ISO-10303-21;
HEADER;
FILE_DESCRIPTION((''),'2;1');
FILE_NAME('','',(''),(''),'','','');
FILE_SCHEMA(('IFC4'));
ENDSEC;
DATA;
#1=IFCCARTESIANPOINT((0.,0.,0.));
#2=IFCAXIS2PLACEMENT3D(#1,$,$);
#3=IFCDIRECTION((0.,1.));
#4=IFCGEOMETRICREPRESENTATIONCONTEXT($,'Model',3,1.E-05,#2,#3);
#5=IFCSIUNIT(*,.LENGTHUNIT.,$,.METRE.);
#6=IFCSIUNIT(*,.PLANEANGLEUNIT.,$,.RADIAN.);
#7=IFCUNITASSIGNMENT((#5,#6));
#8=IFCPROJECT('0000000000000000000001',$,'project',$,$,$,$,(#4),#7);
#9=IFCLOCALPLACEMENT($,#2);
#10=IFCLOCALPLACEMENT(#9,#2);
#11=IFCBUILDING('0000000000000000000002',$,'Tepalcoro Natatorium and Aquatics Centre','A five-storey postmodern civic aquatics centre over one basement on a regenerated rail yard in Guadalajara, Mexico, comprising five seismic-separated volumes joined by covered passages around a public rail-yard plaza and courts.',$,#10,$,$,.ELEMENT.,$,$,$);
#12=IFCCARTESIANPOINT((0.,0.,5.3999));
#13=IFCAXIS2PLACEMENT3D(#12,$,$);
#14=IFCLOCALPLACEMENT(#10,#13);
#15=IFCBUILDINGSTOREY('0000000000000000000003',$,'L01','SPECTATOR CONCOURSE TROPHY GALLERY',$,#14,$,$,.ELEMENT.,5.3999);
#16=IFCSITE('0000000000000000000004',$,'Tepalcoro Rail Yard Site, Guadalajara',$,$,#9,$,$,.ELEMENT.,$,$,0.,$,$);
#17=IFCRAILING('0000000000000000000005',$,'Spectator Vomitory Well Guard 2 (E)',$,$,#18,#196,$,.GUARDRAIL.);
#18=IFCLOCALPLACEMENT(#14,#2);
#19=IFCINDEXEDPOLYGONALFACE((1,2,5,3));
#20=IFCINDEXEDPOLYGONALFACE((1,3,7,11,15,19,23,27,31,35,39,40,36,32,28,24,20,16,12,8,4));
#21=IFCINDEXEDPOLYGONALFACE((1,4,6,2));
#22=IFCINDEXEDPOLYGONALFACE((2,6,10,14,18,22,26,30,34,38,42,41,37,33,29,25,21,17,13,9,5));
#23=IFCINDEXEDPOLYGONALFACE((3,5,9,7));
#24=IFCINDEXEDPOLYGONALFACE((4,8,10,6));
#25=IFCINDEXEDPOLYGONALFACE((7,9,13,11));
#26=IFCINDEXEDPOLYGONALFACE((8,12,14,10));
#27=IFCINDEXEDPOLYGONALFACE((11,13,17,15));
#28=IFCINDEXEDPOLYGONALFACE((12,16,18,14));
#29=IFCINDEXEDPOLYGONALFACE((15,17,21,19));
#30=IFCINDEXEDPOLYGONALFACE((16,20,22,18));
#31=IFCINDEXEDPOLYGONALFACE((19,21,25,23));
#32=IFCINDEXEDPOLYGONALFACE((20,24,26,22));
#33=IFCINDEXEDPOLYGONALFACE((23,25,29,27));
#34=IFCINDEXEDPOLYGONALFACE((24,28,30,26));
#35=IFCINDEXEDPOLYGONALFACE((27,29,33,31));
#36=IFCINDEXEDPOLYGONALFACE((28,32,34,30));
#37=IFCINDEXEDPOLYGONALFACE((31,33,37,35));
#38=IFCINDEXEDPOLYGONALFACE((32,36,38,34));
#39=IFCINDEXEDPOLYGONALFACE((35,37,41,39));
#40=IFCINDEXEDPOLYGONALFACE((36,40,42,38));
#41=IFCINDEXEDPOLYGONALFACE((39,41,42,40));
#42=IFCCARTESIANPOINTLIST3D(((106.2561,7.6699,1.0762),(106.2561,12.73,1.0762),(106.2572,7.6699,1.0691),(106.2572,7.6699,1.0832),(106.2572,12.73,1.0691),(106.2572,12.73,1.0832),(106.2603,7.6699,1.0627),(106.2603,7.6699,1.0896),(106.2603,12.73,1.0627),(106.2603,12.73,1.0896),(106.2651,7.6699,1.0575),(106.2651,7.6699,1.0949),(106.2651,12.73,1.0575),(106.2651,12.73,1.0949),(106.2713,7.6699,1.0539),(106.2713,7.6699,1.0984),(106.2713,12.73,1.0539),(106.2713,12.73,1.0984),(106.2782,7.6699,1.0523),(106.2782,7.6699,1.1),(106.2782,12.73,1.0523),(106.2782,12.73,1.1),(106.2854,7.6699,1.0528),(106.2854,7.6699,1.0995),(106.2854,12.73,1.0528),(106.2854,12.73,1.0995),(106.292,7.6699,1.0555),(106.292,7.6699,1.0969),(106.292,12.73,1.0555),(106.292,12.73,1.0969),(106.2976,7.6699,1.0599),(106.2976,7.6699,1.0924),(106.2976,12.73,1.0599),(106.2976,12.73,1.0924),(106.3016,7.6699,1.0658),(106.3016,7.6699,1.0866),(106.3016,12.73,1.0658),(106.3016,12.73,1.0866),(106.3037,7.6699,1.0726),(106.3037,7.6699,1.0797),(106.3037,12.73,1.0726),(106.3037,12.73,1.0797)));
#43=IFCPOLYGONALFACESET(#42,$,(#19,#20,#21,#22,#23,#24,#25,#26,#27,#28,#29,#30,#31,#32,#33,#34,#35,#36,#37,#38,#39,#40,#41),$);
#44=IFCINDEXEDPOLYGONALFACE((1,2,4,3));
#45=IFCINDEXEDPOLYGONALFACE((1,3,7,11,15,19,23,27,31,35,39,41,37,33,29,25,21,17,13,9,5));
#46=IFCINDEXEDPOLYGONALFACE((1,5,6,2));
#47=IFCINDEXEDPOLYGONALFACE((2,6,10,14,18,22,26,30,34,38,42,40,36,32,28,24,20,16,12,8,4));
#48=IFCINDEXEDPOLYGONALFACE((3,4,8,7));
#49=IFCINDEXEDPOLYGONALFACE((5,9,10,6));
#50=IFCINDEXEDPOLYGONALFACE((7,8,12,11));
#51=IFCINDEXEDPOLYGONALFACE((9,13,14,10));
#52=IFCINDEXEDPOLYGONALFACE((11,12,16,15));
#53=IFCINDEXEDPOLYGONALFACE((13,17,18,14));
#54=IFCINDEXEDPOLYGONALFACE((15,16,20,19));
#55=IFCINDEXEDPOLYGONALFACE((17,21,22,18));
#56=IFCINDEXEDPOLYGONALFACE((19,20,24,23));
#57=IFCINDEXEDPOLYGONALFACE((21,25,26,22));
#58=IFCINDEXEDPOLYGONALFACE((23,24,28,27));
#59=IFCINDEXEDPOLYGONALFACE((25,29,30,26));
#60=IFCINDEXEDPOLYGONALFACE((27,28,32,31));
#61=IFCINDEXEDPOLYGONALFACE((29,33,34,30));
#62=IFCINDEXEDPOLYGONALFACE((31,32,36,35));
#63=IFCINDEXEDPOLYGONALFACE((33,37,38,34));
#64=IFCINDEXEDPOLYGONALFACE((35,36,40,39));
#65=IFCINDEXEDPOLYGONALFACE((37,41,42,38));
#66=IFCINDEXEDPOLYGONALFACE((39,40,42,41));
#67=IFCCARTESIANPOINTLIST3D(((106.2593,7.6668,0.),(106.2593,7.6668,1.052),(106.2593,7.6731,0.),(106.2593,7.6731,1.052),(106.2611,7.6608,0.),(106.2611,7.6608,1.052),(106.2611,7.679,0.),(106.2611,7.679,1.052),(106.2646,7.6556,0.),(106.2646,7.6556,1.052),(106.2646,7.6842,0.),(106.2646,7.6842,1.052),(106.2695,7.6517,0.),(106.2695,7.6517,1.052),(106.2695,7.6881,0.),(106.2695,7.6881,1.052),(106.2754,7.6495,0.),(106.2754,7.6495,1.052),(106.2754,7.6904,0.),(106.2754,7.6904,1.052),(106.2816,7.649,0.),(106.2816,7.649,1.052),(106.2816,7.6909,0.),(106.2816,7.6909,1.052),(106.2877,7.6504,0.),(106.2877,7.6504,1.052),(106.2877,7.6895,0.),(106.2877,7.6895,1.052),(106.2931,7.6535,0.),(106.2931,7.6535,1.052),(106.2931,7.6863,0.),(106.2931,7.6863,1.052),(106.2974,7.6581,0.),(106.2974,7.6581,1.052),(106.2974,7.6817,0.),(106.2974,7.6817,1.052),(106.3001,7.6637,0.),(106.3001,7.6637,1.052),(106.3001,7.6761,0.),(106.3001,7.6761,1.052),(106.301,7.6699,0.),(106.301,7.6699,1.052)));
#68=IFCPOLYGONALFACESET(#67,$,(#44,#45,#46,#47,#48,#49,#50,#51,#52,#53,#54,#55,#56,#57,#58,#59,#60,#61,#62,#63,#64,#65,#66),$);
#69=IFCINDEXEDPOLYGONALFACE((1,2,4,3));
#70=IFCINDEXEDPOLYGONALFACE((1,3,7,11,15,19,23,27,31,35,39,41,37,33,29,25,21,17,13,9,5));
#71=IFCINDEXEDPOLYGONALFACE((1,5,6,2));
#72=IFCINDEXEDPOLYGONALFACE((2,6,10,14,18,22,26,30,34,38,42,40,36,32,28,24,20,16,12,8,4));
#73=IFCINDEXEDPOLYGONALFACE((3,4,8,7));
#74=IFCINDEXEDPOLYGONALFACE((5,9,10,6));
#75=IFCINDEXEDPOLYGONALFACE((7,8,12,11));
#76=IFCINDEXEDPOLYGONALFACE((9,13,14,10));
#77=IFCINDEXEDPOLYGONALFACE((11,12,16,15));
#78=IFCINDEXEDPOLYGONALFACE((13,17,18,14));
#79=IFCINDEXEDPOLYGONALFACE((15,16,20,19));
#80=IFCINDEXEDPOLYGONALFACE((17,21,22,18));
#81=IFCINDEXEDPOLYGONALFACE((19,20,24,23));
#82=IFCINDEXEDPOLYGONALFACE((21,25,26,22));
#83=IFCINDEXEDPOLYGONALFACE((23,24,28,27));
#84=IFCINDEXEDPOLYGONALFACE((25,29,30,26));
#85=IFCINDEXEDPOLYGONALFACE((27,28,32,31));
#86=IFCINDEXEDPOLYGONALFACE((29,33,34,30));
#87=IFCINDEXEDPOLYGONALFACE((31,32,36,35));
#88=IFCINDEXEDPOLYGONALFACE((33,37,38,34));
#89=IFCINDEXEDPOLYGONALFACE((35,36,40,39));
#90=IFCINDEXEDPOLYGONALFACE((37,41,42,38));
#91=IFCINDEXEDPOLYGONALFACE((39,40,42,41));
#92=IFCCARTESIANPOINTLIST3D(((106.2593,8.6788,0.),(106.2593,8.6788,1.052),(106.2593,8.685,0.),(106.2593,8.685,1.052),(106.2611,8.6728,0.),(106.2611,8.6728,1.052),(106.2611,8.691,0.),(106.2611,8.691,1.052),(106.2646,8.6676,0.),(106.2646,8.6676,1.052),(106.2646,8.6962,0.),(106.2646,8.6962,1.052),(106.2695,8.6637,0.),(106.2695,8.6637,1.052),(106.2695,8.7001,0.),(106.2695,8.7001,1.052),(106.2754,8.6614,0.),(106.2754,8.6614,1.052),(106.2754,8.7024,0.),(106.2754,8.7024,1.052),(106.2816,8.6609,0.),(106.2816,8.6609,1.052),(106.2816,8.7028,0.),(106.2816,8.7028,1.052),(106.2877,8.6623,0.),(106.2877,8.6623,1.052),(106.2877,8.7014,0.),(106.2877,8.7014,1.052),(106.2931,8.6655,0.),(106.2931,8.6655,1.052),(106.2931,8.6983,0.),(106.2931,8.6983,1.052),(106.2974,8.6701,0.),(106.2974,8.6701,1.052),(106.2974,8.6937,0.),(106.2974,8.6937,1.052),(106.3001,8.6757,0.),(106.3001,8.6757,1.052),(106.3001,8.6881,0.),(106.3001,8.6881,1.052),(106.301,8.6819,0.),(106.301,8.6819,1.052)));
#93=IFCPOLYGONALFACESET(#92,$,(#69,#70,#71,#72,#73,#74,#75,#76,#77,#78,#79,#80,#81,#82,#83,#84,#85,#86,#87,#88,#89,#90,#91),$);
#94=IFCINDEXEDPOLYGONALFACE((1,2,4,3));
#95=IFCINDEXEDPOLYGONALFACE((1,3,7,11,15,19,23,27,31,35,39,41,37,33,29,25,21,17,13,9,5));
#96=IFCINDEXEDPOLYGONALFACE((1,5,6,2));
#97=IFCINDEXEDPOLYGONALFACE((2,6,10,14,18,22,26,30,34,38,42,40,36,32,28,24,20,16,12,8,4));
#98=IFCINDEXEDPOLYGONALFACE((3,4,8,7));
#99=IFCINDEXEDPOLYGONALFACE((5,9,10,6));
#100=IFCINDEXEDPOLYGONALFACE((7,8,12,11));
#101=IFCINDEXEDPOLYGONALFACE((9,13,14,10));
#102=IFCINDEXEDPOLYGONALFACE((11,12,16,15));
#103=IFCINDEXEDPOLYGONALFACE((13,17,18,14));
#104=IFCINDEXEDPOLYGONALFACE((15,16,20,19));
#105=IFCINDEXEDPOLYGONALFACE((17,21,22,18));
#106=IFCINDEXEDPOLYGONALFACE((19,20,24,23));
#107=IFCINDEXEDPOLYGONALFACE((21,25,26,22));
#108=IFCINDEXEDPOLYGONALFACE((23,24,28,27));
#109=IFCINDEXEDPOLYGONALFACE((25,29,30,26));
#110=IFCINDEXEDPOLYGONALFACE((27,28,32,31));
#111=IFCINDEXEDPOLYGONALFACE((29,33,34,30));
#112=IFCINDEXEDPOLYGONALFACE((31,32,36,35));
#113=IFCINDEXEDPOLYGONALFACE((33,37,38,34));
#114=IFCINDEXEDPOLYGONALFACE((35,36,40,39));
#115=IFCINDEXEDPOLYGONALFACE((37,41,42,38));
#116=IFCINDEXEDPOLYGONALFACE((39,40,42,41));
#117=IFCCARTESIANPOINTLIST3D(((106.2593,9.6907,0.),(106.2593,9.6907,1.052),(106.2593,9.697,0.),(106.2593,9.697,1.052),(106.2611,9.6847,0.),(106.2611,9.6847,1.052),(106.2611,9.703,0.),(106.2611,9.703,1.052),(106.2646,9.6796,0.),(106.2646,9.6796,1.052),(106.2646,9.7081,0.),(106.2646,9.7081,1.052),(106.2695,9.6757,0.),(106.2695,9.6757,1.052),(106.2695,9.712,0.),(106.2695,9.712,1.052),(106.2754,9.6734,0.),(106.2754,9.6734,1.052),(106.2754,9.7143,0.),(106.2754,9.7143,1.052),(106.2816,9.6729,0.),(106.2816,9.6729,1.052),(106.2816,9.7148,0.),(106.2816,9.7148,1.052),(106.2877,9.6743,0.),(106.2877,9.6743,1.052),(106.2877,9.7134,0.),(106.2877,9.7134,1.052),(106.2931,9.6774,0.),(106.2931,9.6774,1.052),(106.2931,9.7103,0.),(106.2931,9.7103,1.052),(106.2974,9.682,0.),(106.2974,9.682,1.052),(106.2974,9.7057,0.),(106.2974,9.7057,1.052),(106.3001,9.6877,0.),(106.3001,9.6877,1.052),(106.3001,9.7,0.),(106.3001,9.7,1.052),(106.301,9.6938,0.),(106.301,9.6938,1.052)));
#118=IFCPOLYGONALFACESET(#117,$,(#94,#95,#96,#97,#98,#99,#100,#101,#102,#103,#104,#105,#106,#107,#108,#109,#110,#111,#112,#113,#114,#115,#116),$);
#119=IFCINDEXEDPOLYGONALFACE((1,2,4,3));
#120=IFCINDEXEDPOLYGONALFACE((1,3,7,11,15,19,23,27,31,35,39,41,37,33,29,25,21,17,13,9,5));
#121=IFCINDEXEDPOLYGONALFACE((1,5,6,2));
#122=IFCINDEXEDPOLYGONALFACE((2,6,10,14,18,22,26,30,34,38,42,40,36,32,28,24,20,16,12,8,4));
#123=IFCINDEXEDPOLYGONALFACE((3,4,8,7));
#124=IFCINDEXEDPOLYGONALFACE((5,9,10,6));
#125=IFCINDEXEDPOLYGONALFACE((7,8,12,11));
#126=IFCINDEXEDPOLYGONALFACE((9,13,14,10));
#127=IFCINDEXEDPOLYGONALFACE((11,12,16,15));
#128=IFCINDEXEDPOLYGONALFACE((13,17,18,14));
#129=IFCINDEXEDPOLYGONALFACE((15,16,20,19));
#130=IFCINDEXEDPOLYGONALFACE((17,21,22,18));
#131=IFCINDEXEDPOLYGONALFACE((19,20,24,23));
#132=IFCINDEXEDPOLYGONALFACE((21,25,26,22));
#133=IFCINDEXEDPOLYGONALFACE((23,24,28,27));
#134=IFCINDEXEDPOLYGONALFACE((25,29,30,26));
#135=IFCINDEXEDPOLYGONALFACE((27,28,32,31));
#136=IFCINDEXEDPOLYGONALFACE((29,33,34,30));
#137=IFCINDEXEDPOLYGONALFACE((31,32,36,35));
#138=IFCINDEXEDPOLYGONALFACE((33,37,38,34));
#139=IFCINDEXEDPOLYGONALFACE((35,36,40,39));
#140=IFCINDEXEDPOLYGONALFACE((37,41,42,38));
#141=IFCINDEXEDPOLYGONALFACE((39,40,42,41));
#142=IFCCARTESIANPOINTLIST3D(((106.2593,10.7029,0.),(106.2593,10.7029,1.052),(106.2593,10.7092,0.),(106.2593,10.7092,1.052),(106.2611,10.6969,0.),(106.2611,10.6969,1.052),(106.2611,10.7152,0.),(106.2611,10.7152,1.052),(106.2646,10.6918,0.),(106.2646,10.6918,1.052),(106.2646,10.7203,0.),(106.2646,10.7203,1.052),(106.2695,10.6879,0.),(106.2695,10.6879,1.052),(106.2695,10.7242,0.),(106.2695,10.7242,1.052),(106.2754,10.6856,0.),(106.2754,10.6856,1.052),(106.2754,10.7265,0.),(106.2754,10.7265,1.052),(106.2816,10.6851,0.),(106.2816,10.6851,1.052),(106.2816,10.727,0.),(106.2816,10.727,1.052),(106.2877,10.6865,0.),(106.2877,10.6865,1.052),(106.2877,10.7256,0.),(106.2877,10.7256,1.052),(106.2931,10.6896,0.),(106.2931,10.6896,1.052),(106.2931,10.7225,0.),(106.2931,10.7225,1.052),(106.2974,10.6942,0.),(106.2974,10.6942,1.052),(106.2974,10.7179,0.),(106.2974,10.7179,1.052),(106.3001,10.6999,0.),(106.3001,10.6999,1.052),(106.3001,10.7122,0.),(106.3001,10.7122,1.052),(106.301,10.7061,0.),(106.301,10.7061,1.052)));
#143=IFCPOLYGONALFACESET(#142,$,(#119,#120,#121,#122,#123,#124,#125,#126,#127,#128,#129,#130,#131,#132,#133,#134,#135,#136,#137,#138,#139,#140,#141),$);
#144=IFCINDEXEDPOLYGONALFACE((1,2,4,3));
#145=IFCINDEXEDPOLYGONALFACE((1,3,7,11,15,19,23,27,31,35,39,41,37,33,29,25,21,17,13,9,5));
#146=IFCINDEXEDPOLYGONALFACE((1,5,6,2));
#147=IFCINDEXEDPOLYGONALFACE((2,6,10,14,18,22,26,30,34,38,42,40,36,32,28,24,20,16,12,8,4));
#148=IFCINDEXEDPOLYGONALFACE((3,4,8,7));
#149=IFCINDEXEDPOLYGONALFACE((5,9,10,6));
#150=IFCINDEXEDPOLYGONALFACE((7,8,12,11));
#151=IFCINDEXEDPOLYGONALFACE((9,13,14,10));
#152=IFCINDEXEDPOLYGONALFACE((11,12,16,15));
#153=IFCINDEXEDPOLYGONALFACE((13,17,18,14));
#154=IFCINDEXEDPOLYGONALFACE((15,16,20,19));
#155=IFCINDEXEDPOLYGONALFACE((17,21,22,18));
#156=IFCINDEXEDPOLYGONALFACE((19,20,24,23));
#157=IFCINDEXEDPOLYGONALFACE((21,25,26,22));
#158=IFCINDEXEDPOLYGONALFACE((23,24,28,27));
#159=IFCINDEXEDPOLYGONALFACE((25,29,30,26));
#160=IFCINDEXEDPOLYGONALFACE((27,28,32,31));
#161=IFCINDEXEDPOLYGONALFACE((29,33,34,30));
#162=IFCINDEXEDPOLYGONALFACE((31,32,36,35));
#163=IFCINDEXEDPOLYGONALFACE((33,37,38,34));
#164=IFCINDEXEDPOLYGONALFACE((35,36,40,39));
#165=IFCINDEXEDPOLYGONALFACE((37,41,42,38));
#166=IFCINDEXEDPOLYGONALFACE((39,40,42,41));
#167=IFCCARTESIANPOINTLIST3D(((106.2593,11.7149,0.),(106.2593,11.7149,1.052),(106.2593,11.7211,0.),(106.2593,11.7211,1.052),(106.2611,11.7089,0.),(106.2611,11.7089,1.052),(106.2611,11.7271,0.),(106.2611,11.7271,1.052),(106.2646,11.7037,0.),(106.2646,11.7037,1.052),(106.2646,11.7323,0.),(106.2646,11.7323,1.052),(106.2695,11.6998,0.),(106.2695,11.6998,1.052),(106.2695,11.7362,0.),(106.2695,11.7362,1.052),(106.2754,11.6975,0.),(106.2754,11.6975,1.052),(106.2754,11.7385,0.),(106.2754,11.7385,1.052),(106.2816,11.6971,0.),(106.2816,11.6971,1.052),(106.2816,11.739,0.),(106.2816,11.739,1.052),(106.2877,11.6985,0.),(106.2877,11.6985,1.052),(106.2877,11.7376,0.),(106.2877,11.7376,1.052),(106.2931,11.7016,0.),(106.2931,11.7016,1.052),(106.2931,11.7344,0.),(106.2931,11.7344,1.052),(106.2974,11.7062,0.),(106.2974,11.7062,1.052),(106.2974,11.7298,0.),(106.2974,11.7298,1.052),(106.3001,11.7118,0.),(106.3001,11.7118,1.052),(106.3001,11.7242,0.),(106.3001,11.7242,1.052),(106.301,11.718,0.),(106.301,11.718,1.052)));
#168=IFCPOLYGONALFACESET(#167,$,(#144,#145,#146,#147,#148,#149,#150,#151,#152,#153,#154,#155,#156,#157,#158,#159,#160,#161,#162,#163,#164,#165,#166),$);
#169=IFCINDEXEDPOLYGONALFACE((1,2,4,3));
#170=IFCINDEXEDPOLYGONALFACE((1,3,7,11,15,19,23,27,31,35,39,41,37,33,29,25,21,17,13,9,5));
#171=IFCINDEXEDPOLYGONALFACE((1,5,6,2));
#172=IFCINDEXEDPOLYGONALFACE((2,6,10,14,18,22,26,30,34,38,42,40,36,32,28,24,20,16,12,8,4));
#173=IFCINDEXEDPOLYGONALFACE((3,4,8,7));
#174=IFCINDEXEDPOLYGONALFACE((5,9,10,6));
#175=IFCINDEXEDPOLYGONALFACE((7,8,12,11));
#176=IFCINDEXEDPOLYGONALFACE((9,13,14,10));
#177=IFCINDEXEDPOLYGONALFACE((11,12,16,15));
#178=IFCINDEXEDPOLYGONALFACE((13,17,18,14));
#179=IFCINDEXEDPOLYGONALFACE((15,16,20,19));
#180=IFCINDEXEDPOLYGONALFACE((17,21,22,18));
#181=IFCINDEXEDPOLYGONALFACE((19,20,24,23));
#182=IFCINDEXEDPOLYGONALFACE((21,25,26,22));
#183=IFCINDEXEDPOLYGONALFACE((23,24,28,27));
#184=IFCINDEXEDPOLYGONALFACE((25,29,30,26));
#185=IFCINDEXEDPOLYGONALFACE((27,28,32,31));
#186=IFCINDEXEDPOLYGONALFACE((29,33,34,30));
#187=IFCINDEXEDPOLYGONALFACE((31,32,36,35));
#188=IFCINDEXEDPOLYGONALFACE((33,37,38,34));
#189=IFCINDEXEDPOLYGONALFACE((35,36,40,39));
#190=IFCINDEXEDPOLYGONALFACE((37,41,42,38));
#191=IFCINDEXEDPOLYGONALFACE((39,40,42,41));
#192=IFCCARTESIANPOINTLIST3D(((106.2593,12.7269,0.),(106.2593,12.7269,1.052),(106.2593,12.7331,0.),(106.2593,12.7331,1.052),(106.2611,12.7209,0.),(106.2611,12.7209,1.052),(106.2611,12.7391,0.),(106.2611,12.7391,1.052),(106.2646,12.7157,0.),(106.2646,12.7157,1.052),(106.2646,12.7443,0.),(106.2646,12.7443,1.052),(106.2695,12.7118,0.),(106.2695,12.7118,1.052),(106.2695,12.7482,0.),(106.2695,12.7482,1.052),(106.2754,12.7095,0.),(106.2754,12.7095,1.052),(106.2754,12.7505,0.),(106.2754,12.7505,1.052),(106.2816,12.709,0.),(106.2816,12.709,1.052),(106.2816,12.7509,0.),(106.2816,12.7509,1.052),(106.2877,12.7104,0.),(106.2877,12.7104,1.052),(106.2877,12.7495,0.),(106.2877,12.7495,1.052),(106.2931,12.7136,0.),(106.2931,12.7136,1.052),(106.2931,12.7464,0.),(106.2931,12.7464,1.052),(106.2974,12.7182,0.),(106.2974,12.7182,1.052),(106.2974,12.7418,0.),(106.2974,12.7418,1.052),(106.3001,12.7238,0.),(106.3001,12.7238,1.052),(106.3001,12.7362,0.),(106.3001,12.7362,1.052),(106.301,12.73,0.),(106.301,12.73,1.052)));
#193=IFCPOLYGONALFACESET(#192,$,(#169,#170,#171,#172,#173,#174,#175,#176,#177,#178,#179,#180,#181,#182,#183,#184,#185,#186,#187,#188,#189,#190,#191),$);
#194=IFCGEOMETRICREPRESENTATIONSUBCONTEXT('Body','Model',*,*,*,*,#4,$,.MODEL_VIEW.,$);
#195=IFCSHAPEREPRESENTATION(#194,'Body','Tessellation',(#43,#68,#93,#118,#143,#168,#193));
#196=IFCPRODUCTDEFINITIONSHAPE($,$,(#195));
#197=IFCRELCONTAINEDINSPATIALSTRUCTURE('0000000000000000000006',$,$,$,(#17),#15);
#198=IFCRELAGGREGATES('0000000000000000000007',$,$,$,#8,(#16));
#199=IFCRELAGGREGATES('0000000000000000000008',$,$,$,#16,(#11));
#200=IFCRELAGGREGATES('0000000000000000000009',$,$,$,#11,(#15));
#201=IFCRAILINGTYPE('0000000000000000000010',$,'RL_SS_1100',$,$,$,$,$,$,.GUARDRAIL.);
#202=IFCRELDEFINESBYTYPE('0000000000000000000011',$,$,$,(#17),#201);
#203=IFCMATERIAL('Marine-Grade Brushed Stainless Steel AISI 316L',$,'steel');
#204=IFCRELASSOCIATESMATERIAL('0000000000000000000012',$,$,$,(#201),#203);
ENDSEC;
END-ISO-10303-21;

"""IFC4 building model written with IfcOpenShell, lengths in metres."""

from ifc_helpers import new_model, si_unit, direction, frame, origin, origin_2d, place, context, subcontext, project, spatial, circle, extrude, material, type_object, element, save


model = new_model("IFC4")

# Units and contexts
model_context = context("Model", 3, precision=1e-05, world=origin(), true_north=direction((0.0, 1.0)))
body_context = subcontext(model_context, "Body", "Model", "MODEL_VIEW")
ifc_project = project(units=[si_unit("LENGTHUNIT", "METRE"), si_unit("PLANEANGLEUNIT", "RADIAN")], contexts=[model_context])

# Site, building, storey
site_placement = place(None, origin())
site = spatial("IfcSite", under=ifc_project, at=site_placement, Name="Tepalcoro Rail Yard Site, Guadalajara", CompositionType="ELEMENT", RefElevation=0.0)
building_placement = place(site_placement, origin())
building = spatial("IfcBuilding", under=site, at=building_placement, Name="Tepalcoro Natatorium and Aquatics Centre", Description="A five-storey postmodern civic aquatics centre over one basement on a regenerated rail yard in Guadalajara, Mexico, comprising five seismic-separated volumes joined by covered passages around a public rail-yard plaza and courts.", CompositionType="ELEMENT")
storey_placement = place(building_placement, frame((0.0, 0.0, 5.3999)))
storey = spatial("IfcBuildingStorey", under=building, at=storey_placement, Name="L01", Description="SPECTATOR CONCOURSE TROPHY GALLERY", CompositionType="ELEMENT", Elevation=5.3999)

# Railing
ifc_material_1 = material(Name="Marine-Grade Brushed Stainless Steel AISI 316L", Category="steel")
railing_type = type_object("IfcRailingType", Name="RL_SS_1100", PredefinedType="GUARDRAIL", material=ifc_material_1)
railing_1_placement = place(storey_placement, frame((106.28, 7.6699, 0.0)))
element("IfcRailing", 1, at=railing_1_placement, inside=storey, type_object=railing_type, Name="Spectator Vomitory Well Guard 2 (E)", PredefinedType="GUARDRAIL", context=body_context, shape_type="SweptSolid", body=[
    extrude(circle(Radius=0.0239, at=origin_2d()), frame((0.0, 0.0, 1.0762), z_axis=(0.0, 1.0, 0.0), x_axis=(-1.0, 0.0, 0.0)), (0.0, 0.0, 1.0), 5.0601),
    extrude(circle(Radius=0.021, at=origin_2d()), origin(), (0.0, 0.0, 1.0), 1.052),
    extrude(circle(Radius=0.021, at=origin_2d()), frame((0.0, 1.012, 0.0)), (0.0, 0.0, 1.0), 1.052),
    extrude(circle(Radius=0.021, at=origin_2d()), frame((0.0, 2.0239, 0.0)), (0.0, 0.0, 1.0), 1.052),
    extrude(circle(Radius=0.021, at=origin_2d()), frame((0.0, 3.0361, 0.0)), (0.0, 0.0, 1.0), 1.052),
    extrude(circle(Radius=0.021, at=origin_2d()), frame((0.0, 4.0481, 0.0)), (0.0, 0.0, 1.0), 1.052),
    extrude(circle(Radius=0.021, at=origin_2d()), frame((0.0, 5.0601, 0.0)), (0.0, 0.0, 1.0), 1.052),
])

save(model, "model.ifc")
